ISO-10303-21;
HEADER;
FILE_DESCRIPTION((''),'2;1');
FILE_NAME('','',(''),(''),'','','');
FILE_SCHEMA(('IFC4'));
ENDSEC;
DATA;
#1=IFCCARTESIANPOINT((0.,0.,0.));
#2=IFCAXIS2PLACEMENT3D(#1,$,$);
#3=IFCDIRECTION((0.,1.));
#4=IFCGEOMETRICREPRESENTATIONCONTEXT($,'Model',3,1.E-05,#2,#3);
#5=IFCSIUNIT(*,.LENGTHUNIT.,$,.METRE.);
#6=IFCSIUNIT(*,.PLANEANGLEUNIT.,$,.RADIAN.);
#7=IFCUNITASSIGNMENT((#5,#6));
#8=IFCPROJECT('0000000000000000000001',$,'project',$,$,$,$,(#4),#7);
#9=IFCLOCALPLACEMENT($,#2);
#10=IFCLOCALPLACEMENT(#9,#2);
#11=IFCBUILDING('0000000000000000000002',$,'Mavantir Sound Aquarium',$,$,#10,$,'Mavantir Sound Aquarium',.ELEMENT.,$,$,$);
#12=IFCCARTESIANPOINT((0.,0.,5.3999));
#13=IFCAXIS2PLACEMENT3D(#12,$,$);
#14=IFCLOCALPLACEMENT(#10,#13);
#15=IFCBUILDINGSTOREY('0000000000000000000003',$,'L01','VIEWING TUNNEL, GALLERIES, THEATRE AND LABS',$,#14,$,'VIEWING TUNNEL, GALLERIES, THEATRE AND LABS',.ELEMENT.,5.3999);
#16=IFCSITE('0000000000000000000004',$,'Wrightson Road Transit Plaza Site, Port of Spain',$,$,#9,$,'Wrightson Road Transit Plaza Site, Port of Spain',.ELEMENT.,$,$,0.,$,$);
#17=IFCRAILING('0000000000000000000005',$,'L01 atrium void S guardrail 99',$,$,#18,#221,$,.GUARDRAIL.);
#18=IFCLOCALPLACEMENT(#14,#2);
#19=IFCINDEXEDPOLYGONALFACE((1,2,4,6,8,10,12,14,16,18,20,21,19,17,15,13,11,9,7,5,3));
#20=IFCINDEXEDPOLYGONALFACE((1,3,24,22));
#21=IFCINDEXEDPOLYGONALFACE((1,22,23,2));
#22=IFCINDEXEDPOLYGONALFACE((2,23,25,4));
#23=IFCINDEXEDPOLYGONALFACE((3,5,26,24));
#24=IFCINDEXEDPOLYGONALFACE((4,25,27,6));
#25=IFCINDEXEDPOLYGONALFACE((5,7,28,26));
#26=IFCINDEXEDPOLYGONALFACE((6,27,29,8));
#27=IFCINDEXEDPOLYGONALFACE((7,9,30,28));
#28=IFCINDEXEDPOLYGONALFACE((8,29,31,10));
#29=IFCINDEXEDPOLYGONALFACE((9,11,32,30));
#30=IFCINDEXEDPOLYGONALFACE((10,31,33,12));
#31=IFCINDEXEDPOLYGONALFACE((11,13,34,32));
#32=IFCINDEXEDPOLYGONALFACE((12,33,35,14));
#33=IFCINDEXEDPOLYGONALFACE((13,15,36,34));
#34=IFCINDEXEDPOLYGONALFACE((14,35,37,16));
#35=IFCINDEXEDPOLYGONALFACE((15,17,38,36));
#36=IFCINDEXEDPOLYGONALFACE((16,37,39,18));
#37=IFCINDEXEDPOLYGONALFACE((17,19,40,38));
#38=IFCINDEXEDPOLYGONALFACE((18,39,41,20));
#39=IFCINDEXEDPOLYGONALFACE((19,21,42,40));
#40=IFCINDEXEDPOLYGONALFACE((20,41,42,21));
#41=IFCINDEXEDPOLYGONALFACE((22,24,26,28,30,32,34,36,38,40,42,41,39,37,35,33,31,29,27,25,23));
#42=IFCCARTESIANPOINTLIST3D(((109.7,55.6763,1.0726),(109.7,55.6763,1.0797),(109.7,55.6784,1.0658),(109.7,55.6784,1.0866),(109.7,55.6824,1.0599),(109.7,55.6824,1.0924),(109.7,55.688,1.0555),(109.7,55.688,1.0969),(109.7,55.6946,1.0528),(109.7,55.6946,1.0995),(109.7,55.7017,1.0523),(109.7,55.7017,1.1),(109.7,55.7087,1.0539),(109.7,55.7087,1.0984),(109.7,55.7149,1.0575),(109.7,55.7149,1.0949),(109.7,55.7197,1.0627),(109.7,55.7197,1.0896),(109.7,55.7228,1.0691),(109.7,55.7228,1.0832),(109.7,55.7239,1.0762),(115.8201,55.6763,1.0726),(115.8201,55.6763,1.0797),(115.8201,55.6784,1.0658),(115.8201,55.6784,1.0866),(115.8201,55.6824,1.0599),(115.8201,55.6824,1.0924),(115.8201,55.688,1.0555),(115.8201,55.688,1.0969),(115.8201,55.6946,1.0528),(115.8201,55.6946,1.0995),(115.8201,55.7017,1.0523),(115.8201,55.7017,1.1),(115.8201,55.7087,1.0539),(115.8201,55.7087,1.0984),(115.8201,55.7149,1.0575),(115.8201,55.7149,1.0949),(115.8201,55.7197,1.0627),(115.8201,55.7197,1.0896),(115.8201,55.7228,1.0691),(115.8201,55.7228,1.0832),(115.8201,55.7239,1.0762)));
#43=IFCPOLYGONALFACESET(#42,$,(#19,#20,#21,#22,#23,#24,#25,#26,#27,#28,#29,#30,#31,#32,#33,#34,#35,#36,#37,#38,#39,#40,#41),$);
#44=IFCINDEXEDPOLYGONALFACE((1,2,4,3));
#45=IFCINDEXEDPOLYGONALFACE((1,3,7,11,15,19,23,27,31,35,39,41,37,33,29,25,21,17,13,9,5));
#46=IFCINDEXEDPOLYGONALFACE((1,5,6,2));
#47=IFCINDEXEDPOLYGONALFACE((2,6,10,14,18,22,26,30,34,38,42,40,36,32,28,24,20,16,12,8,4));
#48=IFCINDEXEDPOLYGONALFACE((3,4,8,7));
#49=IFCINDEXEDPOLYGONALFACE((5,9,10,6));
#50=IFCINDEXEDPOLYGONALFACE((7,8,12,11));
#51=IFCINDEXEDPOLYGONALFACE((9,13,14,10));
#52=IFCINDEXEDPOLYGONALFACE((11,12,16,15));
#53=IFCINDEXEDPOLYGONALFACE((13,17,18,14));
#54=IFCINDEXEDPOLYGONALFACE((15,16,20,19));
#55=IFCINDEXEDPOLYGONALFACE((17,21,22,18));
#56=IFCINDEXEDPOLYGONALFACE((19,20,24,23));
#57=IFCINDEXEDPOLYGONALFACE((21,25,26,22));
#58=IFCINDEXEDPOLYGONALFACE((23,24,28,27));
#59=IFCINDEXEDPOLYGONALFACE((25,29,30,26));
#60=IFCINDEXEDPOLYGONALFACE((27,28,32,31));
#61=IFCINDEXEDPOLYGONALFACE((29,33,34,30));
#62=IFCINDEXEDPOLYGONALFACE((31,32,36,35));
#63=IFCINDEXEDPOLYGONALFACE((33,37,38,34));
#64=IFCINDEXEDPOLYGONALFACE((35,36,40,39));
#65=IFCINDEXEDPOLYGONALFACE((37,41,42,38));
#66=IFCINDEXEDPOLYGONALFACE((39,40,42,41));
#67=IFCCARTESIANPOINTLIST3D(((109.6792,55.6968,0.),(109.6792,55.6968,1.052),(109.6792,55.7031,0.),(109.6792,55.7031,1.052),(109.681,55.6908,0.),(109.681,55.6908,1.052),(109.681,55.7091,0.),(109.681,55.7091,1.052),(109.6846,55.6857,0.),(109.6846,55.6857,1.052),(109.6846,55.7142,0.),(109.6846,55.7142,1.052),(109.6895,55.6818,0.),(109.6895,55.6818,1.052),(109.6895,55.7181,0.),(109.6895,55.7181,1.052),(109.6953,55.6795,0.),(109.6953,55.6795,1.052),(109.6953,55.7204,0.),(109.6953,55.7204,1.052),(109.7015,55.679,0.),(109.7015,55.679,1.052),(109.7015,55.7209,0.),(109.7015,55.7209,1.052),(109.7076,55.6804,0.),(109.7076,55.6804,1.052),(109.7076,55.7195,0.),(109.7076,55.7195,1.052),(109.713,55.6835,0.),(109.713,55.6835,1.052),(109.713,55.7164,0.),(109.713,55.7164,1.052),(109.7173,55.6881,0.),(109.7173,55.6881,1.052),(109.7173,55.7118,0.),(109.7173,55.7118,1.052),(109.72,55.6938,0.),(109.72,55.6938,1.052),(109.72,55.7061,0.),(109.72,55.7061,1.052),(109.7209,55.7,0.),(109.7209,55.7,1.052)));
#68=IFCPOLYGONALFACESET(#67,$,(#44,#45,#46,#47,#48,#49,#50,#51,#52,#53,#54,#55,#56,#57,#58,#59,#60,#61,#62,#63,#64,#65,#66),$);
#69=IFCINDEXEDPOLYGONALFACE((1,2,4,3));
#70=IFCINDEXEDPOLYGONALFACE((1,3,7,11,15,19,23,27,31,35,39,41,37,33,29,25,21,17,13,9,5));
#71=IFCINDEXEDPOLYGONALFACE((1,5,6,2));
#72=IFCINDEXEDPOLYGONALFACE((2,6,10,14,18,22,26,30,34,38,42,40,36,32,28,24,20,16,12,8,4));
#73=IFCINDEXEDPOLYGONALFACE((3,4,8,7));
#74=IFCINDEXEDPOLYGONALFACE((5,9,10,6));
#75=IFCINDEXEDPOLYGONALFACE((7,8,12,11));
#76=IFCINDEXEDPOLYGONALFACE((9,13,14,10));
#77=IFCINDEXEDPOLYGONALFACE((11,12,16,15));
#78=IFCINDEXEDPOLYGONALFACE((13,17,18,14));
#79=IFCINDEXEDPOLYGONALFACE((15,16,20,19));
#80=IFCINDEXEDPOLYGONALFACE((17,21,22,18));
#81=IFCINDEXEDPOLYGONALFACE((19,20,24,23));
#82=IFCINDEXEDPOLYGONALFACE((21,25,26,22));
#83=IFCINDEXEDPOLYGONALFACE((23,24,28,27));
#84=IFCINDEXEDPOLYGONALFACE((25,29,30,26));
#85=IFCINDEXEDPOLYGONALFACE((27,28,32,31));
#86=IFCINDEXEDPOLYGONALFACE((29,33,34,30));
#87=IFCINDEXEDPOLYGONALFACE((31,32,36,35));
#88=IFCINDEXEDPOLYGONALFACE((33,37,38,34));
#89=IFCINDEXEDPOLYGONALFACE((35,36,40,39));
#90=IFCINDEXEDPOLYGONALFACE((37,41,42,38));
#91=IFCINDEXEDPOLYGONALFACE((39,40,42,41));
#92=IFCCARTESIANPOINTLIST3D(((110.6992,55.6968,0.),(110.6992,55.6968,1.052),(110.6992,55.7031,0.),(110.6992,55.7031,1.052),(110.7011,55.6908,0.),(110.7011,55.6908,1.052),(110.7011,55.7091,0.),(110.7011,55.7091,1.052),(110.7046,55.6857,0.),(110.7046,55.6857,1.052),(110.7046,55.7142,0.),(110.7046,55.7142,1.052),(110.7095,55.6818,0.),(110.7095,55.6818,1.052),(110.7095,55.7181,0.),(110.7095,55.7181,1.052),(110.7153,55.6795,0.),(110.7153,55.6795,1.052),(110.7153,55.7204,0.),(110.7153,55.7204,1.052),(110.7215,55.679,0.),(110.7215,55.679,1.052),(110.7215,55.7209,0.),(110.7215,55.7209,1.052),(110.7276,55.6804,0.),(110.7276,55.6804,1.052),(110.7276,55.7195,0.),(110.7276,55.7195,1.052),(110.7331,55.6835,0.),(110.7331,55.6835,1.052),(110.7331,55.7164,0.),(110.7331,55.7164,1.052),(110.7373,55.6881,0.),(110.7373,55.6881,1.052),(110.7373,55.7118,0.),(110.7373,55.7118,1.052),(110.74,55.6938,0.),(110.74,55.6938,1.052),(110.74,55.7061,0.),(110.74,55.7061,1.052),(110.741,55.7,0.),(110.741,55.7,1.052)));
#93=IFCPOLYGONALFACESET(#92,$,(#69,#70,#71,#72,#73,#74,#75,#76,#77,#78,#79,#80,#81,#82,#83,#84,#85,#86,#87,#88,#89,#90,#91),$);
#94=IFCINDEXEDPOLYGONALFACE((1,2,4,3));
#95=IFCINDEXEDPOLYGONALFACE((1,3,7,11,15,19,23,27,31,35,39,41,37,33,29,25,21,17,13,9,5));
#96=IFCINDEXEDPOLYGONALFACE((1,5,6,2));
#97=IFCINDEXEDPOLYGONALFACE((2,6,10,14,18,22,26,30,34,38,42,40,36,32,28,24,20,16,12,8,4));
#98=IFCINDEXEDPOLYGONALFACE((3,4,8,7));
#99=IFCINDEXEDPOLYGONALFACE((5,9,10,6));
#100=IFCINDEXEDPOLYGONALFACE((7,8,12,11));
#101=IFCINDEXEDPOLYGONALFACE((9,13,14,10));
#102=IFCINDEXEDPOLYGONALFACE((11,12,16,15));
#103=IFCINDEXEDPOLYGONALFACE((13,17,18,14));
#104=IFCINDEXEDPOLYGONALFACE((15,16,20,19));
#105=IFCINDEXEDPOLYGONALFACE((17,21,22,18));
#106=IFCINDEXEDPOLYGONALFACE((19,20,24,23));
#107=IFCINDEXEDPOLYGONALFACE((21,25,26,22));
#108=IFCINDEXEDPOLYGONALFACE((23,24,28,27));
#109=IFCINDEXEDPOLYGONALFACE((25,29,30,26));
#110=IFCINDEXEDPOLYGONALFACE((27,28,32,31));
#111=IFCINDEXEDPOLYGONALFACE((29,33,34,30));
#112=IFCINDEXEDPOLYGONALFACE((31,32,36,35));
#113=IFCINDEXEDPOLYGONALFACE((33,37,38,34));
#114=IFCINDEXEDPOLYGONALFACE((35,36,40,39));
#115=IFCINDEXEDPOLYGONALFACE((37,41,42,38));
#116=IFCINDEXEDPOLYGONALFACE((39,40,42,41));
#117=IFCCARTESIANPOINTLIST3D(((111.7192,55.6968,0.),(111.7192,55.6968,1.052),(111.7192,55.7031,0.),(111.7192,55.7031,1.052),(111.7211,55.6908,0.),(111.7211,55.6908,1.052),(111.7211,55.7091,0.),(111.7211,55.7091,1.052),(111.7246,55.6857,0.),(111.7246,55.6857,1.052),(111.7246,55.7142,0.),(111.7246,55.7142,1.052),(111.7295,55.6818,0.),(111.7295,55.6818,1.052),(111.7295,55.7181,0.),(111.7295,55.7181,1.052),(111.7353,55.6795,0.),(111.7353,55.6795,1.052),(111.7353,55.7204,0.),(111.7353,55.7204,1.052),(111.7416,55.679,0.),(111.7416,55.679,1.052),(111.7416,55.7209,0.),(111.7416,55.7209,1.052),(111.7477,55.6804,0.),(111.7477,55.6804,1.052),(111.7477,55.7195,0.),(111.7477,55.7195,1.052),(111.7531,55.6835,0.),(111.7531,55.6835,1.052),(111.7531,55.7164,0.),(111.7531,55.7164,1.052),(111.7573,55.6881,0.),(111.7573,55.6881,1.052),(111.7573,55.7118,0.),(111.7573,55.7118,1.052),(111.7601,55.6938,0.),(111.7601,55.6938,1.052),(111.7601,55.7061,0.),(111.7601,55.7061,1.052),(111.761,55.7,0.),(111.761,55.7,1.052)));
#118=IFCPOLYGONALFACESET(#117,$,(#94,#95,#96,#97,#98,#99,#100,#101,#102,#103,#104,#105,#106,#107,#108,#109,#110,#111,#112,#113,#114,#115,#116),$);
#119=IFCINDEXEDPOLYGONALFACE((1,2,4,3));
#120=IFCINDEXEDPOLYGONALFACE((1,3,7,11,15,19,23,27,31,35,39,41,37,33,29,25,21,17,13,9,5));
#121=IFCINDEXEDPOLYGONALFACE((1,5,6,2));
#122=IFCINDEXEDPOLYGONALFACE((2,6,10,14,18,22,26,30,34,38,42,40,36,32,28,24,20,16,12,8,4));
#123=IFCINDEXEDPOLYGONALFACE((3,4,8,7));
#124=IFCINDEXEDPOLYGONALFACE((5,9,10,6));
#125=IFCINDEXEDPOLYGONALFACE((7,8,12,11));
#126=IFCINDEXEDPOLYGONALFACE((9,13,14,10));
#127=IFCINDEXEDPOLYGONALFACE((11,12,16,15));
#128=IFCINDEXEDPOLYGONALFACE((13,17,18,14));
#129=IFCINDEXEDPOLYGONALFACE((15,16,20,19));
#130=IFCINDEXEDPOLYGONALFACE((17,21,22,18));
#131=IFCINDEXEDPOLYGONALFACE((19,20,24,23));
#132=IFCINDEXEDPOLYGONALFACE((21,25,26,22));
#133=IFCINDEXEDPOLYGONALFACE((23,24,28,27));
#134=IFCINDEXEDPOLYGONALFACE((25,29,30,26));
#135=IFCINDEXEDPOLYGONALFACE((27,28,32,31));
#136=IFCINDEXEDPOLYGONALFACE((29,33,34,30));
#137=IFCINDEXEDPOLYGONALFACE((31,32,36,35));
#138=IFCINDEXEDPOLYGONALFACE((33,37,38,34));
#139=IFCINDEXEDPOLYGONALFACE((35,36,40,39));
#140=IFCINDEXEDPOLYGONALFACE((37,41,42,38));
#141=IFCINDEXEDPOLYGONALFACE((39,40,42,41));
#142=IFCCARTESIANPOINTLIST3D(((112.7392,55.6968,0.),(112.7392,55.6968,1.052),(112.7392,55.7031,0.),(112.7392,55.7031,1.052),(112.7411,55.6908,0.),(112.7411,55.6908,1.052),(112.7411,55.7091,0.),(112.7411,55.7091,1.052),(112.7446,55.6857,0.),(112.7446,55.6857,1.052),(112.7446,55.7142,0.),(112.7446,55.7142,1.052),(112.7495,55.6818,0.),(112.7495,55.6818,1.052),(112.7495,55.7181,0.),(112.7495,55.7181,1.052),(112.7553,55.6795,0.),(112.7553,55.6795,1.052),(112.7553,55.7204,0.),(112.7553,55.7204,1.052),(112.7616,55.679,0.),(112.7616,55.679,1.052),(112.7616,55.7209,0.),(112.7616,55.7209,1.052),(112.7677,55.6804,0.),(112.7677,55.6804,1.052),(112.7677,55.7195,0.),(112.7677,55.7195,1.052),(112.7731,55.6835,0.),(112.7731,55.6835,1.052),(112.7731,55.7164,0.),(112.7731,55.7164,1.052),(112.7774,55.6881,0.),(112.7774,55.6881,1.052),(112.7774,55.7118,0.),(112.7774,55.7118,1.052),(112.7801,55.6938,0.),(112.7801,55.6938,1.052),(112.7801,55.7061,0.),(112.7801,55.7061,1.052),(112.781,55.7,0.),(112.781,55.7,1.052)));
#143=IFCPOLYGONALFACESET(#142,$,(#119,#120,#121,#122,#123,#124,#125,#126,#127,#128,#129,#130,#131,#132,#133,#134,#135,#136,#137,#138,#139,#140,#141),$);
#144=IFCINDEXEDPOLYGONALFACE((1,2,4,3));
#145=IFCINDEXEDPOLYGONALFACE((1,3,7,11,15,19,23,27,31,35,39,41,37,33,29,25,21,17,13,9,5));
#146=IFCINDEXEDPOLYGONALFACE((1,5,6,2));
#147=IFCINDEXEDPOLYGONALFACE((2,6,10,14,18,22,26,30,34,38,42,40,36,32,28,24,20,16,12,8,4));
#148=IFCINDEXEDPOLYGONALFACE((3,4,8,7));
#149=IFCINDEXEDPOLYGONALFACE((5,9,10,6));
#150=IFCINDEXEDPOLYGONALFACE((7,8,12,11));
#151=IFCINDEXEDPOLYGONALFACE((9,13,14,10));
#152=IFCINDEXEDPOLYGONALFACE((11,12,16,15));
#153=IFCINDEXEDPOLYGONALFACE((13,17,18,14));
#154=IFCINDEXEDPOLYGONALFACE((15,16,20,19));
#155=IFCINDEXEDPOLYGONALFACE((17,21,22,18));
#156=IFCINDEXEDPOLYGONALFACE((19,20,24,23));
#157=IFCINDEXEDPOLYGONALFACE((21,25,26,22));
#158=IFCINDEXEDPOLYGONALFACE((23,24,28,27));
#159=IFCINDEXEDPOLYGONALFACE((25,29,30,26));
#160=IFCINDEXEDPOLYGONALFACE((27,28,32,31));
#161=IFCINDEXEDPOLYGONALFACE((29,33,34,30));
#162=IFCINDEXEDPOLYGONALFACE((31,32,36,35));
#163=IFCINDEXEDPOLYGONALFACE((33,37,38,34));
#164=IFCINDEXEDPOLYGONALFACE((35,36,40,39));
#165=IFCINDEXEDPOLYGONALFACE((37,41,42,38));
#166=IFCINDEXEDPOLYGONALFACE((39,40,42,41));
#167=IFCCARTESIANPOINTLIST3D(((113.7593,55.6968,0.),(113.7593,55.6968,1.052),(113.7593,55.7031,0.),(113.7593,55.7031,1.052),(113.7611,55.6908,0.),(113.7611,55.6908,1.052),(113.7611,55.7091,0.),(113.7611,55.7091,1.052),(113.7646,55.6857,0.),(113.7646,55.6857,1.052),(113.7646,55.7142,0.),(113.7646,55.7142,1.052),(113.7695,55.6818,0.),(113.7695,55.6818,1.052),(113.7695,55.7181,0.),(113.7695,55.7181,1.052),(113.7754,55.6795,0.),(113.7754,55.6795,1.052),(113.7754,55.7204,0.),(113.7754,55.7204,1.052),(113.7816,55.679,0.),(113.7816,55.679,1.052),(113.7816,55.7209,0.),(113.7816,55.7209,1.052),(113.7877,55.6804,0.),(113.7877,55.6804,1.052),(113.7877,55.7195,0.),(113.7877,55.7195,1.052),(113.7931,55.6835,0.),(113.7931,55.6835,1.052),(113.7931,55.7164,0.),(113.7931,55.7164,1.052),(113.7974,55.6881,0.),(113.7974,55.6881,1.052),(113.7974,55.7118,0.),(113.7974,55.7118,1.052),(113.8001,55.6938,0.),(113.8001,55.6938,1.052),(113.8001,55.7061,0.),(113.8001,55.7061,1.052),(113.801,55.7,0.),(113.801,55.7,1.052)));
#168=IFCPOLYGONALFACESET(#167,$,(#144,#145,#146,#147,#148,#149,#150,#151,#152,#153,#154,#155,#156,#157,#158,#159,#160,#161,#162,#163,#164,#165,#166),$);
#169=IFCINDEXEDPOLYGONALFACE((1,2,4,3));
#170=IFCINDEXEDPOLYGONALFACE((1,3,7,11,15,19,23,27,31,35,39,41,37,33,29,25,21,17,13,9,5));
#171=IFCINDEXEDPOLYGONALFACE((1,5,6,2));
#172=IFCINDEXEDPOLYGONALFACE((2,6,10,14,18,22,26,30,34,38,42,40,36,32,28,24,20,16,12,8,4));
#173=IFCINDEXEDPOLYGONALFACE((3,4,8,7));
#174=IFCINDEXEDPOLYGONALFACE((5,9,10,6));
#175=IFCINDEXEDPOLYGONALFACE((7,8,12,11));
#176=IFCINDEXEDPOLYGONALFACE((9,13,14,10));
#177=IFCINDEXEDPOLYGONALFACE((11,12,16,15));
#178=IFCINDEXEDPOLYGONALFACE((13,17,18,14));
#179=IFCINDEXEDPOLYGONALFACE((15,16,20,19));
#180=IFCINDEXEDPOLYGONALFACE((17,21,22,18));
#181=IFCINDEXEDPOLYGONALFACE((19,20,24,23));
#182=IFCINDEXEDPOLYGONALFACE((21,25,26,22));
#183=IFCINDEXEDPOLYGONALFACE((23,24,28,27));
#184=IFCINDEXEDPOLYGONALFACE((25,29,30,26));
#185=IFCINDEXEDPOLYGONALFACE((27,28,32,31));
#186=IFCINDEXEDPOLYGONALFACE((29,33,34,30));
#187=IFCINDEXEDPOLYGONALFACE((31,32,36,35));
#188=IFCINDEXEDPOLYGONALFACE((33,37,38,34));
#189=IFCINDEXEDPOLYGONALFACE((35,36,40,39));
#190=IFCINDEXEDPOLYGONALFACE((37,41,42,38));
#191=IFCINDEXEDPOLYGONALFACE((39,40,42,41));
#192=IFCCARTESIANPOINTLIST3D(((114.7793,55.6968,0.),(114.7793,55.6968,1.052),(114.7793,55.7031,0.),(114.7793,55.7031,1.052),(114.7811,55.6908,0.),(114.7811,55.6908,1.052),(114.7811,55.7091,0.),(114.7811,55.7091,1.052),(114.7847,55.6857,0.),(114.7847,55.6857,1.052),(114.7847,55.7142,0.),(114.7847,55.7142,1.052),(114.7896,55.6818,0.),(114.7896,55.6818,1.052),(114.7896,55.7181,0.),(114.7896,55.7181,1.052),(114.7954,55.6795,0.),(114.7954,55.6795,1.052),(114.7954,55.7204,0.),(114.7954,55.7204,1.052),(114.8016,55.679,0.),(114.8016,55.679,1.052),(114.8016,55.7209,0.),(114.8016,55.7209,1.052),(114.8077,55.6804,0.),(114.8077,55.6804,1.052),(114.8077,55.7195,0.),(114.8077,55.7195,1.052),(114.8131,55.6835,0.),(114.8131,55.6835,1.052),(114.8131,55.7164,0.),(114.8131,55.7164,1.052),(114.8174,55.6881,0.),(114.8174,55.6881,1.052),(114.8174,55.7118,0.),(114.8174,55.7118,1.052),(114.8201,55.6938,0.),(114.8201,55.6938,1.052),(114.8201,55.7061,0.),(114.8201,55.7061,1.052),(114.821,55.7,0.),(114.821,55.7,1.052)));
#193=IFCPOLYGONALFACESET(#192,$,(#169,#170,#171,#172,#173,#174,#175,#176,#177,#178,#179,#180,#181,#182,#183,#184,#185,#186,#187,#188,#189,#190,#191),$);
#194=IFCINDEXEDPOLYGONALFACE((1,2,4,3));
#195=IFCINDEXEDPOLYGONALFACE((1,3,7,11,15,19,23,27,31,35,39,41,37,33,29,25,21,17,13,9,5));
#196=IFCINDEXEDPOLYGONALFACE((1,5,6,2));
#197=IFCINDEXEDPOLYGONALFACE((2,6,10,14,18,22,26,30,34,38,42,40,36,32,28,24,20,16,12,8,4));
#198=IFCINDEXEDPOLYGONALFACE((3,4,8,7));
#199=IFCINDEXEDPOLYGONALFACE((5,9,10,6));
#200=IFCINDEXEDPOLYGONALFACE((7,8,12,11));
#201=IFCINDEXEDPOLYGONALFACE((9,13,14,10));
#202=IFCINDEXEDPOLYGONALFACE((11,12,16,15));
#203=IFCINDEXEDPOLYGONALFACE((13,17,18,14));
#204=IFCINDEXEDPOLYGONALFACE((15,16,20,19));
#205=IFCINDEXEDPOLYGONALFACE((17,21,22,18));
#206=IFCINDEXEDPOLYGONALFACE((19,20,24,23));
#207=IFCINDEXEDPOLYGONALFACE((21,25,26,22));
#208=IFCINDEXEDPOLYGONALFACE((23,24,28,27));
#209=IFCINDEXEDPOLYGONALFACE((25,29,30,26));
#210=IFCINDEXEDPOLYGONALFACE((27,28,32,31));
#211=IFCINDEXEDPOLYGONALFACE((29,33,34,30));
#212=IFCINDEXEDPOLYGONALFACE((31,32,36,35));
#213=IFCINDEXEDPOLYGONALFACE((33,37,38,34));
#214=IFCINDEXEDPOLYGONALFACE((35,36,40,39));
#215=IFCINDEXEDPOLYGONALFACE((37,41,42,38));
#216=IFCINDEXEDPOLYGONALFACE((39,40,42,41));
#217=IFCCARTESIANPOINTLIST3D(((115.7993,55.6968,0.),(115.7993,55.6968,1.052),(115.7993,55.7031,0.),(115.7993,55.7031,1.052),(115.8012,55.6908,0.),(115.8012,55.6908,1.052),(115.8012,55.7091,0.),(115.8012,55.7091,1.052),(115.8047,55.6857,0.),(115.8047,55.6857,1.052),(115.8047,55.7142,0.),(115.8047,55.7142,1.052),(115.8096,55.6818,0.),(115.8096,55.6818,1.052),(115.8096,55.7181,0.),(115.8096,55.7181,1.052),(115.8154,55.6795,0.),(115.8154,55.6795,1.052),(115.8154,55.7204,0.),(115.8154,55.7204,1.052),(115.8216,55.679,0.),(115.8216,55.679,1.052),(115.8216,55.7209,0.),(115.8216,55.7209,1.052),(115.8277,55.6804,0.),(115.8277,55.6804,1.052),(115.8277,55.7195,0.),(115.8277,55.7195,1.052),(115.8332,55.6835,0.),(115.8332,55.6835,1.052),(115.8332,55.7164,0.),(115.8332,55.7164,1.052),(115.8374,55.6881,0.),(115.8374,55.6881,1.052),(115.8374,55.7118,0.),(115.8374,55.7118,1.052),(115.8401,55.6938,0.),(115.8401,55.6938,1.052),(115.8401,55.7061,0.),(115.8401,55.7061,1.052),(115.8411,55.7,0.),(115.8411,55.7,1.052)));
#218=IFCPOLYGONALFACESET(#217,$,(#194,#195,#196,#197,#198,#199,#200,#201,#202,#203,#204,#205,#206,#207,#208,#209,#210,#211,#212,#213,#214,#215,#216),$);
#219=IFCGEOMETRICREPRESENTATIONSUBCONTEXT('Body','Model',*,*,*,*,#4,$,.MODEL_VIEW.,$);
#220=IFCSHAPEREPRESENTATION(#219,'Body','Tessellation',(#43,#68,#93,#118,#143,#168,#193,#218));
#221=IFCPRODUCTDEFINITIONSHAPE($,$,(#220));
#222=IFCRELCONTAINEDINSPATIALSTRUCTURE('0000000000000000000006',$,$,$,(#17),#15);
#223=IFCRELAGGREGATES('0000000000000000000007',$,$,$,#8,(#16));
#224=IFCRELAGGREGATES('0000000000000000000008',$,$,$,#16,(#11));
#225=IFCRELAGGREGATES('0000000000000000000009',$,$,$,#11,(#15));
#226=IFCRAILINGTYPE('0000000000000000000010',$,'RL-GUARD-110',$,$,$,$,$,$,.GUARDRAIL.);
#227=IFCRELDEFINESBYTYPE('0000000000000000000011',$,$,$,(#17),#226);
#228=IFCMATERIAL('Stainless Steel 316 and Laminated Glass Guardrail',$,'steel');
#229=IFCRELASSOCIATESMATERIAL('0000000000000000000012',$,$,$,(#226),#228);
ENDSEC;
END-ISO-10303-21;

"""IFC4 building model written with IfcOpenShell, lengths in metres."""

from ifc_helpers import new_model, si_unit, direction, frame, origin, origin_2d, place, context, subcontext, project, spatial, circle, extrude, material, type_object, element, save


model = new_model("IFC4")

# Units and contexts
model_context = context("Model", 3, precision=1e-05, world=origin(), true_north=direction((0.0, 1.0)))
body_context = subcontext(model_context, "Body", "Model", "MODEL_VIEW")
ifc_project = project(units=[si_unit("LENGTHUNIT", "METRE"), si_unit("PLANEANGLEUNIT", "RADIAN")], contexts=[model_context])

# Site, building, storey
site_placement = place(None, origin())
site = spatial("IfcSite", under=ifc_project, at=site_placement, Name="Wrightson Road Transit Plaza Site, Port of Spain", LongName="Wrightson Road Transit Plaza Site, Port of Spain", CompositionType="ELEMENT", RefElevation=0.0)
building_placement = place(site_placement, origin())
building = spatial("IfcBuilding", under=site, at=building_placement, Name="Mavantir Sound Aquarium", LongName="Mavantir Sound Aquarium", CompositionType="ELEMENT")
storey_placement = place(building_placement, frame((0.0, 0.0, 5.3999)))
storey = spatial("IfcBuildingStorey", under=building, at=storey_placement, Name="L01", Description="VIEWING TUNNEL, GALLERIES, THEATRE AND LABS", LongName="VIEWING TUNNEL, GALLERIES, THEATRE AND LABS", CompositionType="ELEMENT", Elevation=5.3999)

# Railing
ifc_material_1 = material(Name="Stainless Steel 316 and Laminated Glass Guardrail", Category="steel")
railing_type = type_object("IfcRailingType", Name="RL-GUARD-110", PredefinedType="GUARDRAIL", material=ifc_material_1)
railing_1_placement = place(storey_placement, frame((109.7, 55.7, 0.0)))
element("IfcRailing", 1, at=railing_1_placement, inside=storey, type_object=railing_type, Name="L01 atrium void S guardrail 99", PredefinedType="GUARDRAIL", context=body_context, shape_type="SweptSolid", body=[
    extrude(circle(Radius=0.0239, at=origin_2d()), frame((0.0, 0.0, 1.0762), z_axis=(1.0, 0.0, 0.0), x_axis=(0.0, 1.0, 0.0)), (0.0, 0.0, 1.0), 6.1201),
    extrude(circle(Radius=0.021, at=origin_2d()), origin(), (0.0, 0.0, 1.0), 1.052),
    extrude(circle(Radius=0.021, at=origin_2d()), frame((1.02, 0.0, 0.0)), (0.0, 0.0, 1.0), 1.052),
    extrude(circle(Radius=0.021, at=origin_2d()), frame((2.04, 0.0, 0.0)), (0.0, 0.0, 1.0), 1.052),
    extrude(circle(Radius=0.021, at=origin_2d()), frame((3.0601, 0.0, 0.0)), (0.0, 0.0, 1.0), 1.052),
    extrude(circle(Radius=0.021, at=origin_2d()), frame((4.0801, 0.0, 0.0)), (0.0, 0.0, 1.0), 1.052),
    extrude(circle(Radius=0.021, at=origin_2d()), frame((5.1001, 0.0, 0.0)), (0.0, 0.0, 1.0), 1.052),
    extrude(circle(Radius=0.021, at=origin_2d()), frame((6.1201, 0.0, 0.0)), (0.0, 0.0, 1.0), 1.052),
])

save(model, "model.ifc")
